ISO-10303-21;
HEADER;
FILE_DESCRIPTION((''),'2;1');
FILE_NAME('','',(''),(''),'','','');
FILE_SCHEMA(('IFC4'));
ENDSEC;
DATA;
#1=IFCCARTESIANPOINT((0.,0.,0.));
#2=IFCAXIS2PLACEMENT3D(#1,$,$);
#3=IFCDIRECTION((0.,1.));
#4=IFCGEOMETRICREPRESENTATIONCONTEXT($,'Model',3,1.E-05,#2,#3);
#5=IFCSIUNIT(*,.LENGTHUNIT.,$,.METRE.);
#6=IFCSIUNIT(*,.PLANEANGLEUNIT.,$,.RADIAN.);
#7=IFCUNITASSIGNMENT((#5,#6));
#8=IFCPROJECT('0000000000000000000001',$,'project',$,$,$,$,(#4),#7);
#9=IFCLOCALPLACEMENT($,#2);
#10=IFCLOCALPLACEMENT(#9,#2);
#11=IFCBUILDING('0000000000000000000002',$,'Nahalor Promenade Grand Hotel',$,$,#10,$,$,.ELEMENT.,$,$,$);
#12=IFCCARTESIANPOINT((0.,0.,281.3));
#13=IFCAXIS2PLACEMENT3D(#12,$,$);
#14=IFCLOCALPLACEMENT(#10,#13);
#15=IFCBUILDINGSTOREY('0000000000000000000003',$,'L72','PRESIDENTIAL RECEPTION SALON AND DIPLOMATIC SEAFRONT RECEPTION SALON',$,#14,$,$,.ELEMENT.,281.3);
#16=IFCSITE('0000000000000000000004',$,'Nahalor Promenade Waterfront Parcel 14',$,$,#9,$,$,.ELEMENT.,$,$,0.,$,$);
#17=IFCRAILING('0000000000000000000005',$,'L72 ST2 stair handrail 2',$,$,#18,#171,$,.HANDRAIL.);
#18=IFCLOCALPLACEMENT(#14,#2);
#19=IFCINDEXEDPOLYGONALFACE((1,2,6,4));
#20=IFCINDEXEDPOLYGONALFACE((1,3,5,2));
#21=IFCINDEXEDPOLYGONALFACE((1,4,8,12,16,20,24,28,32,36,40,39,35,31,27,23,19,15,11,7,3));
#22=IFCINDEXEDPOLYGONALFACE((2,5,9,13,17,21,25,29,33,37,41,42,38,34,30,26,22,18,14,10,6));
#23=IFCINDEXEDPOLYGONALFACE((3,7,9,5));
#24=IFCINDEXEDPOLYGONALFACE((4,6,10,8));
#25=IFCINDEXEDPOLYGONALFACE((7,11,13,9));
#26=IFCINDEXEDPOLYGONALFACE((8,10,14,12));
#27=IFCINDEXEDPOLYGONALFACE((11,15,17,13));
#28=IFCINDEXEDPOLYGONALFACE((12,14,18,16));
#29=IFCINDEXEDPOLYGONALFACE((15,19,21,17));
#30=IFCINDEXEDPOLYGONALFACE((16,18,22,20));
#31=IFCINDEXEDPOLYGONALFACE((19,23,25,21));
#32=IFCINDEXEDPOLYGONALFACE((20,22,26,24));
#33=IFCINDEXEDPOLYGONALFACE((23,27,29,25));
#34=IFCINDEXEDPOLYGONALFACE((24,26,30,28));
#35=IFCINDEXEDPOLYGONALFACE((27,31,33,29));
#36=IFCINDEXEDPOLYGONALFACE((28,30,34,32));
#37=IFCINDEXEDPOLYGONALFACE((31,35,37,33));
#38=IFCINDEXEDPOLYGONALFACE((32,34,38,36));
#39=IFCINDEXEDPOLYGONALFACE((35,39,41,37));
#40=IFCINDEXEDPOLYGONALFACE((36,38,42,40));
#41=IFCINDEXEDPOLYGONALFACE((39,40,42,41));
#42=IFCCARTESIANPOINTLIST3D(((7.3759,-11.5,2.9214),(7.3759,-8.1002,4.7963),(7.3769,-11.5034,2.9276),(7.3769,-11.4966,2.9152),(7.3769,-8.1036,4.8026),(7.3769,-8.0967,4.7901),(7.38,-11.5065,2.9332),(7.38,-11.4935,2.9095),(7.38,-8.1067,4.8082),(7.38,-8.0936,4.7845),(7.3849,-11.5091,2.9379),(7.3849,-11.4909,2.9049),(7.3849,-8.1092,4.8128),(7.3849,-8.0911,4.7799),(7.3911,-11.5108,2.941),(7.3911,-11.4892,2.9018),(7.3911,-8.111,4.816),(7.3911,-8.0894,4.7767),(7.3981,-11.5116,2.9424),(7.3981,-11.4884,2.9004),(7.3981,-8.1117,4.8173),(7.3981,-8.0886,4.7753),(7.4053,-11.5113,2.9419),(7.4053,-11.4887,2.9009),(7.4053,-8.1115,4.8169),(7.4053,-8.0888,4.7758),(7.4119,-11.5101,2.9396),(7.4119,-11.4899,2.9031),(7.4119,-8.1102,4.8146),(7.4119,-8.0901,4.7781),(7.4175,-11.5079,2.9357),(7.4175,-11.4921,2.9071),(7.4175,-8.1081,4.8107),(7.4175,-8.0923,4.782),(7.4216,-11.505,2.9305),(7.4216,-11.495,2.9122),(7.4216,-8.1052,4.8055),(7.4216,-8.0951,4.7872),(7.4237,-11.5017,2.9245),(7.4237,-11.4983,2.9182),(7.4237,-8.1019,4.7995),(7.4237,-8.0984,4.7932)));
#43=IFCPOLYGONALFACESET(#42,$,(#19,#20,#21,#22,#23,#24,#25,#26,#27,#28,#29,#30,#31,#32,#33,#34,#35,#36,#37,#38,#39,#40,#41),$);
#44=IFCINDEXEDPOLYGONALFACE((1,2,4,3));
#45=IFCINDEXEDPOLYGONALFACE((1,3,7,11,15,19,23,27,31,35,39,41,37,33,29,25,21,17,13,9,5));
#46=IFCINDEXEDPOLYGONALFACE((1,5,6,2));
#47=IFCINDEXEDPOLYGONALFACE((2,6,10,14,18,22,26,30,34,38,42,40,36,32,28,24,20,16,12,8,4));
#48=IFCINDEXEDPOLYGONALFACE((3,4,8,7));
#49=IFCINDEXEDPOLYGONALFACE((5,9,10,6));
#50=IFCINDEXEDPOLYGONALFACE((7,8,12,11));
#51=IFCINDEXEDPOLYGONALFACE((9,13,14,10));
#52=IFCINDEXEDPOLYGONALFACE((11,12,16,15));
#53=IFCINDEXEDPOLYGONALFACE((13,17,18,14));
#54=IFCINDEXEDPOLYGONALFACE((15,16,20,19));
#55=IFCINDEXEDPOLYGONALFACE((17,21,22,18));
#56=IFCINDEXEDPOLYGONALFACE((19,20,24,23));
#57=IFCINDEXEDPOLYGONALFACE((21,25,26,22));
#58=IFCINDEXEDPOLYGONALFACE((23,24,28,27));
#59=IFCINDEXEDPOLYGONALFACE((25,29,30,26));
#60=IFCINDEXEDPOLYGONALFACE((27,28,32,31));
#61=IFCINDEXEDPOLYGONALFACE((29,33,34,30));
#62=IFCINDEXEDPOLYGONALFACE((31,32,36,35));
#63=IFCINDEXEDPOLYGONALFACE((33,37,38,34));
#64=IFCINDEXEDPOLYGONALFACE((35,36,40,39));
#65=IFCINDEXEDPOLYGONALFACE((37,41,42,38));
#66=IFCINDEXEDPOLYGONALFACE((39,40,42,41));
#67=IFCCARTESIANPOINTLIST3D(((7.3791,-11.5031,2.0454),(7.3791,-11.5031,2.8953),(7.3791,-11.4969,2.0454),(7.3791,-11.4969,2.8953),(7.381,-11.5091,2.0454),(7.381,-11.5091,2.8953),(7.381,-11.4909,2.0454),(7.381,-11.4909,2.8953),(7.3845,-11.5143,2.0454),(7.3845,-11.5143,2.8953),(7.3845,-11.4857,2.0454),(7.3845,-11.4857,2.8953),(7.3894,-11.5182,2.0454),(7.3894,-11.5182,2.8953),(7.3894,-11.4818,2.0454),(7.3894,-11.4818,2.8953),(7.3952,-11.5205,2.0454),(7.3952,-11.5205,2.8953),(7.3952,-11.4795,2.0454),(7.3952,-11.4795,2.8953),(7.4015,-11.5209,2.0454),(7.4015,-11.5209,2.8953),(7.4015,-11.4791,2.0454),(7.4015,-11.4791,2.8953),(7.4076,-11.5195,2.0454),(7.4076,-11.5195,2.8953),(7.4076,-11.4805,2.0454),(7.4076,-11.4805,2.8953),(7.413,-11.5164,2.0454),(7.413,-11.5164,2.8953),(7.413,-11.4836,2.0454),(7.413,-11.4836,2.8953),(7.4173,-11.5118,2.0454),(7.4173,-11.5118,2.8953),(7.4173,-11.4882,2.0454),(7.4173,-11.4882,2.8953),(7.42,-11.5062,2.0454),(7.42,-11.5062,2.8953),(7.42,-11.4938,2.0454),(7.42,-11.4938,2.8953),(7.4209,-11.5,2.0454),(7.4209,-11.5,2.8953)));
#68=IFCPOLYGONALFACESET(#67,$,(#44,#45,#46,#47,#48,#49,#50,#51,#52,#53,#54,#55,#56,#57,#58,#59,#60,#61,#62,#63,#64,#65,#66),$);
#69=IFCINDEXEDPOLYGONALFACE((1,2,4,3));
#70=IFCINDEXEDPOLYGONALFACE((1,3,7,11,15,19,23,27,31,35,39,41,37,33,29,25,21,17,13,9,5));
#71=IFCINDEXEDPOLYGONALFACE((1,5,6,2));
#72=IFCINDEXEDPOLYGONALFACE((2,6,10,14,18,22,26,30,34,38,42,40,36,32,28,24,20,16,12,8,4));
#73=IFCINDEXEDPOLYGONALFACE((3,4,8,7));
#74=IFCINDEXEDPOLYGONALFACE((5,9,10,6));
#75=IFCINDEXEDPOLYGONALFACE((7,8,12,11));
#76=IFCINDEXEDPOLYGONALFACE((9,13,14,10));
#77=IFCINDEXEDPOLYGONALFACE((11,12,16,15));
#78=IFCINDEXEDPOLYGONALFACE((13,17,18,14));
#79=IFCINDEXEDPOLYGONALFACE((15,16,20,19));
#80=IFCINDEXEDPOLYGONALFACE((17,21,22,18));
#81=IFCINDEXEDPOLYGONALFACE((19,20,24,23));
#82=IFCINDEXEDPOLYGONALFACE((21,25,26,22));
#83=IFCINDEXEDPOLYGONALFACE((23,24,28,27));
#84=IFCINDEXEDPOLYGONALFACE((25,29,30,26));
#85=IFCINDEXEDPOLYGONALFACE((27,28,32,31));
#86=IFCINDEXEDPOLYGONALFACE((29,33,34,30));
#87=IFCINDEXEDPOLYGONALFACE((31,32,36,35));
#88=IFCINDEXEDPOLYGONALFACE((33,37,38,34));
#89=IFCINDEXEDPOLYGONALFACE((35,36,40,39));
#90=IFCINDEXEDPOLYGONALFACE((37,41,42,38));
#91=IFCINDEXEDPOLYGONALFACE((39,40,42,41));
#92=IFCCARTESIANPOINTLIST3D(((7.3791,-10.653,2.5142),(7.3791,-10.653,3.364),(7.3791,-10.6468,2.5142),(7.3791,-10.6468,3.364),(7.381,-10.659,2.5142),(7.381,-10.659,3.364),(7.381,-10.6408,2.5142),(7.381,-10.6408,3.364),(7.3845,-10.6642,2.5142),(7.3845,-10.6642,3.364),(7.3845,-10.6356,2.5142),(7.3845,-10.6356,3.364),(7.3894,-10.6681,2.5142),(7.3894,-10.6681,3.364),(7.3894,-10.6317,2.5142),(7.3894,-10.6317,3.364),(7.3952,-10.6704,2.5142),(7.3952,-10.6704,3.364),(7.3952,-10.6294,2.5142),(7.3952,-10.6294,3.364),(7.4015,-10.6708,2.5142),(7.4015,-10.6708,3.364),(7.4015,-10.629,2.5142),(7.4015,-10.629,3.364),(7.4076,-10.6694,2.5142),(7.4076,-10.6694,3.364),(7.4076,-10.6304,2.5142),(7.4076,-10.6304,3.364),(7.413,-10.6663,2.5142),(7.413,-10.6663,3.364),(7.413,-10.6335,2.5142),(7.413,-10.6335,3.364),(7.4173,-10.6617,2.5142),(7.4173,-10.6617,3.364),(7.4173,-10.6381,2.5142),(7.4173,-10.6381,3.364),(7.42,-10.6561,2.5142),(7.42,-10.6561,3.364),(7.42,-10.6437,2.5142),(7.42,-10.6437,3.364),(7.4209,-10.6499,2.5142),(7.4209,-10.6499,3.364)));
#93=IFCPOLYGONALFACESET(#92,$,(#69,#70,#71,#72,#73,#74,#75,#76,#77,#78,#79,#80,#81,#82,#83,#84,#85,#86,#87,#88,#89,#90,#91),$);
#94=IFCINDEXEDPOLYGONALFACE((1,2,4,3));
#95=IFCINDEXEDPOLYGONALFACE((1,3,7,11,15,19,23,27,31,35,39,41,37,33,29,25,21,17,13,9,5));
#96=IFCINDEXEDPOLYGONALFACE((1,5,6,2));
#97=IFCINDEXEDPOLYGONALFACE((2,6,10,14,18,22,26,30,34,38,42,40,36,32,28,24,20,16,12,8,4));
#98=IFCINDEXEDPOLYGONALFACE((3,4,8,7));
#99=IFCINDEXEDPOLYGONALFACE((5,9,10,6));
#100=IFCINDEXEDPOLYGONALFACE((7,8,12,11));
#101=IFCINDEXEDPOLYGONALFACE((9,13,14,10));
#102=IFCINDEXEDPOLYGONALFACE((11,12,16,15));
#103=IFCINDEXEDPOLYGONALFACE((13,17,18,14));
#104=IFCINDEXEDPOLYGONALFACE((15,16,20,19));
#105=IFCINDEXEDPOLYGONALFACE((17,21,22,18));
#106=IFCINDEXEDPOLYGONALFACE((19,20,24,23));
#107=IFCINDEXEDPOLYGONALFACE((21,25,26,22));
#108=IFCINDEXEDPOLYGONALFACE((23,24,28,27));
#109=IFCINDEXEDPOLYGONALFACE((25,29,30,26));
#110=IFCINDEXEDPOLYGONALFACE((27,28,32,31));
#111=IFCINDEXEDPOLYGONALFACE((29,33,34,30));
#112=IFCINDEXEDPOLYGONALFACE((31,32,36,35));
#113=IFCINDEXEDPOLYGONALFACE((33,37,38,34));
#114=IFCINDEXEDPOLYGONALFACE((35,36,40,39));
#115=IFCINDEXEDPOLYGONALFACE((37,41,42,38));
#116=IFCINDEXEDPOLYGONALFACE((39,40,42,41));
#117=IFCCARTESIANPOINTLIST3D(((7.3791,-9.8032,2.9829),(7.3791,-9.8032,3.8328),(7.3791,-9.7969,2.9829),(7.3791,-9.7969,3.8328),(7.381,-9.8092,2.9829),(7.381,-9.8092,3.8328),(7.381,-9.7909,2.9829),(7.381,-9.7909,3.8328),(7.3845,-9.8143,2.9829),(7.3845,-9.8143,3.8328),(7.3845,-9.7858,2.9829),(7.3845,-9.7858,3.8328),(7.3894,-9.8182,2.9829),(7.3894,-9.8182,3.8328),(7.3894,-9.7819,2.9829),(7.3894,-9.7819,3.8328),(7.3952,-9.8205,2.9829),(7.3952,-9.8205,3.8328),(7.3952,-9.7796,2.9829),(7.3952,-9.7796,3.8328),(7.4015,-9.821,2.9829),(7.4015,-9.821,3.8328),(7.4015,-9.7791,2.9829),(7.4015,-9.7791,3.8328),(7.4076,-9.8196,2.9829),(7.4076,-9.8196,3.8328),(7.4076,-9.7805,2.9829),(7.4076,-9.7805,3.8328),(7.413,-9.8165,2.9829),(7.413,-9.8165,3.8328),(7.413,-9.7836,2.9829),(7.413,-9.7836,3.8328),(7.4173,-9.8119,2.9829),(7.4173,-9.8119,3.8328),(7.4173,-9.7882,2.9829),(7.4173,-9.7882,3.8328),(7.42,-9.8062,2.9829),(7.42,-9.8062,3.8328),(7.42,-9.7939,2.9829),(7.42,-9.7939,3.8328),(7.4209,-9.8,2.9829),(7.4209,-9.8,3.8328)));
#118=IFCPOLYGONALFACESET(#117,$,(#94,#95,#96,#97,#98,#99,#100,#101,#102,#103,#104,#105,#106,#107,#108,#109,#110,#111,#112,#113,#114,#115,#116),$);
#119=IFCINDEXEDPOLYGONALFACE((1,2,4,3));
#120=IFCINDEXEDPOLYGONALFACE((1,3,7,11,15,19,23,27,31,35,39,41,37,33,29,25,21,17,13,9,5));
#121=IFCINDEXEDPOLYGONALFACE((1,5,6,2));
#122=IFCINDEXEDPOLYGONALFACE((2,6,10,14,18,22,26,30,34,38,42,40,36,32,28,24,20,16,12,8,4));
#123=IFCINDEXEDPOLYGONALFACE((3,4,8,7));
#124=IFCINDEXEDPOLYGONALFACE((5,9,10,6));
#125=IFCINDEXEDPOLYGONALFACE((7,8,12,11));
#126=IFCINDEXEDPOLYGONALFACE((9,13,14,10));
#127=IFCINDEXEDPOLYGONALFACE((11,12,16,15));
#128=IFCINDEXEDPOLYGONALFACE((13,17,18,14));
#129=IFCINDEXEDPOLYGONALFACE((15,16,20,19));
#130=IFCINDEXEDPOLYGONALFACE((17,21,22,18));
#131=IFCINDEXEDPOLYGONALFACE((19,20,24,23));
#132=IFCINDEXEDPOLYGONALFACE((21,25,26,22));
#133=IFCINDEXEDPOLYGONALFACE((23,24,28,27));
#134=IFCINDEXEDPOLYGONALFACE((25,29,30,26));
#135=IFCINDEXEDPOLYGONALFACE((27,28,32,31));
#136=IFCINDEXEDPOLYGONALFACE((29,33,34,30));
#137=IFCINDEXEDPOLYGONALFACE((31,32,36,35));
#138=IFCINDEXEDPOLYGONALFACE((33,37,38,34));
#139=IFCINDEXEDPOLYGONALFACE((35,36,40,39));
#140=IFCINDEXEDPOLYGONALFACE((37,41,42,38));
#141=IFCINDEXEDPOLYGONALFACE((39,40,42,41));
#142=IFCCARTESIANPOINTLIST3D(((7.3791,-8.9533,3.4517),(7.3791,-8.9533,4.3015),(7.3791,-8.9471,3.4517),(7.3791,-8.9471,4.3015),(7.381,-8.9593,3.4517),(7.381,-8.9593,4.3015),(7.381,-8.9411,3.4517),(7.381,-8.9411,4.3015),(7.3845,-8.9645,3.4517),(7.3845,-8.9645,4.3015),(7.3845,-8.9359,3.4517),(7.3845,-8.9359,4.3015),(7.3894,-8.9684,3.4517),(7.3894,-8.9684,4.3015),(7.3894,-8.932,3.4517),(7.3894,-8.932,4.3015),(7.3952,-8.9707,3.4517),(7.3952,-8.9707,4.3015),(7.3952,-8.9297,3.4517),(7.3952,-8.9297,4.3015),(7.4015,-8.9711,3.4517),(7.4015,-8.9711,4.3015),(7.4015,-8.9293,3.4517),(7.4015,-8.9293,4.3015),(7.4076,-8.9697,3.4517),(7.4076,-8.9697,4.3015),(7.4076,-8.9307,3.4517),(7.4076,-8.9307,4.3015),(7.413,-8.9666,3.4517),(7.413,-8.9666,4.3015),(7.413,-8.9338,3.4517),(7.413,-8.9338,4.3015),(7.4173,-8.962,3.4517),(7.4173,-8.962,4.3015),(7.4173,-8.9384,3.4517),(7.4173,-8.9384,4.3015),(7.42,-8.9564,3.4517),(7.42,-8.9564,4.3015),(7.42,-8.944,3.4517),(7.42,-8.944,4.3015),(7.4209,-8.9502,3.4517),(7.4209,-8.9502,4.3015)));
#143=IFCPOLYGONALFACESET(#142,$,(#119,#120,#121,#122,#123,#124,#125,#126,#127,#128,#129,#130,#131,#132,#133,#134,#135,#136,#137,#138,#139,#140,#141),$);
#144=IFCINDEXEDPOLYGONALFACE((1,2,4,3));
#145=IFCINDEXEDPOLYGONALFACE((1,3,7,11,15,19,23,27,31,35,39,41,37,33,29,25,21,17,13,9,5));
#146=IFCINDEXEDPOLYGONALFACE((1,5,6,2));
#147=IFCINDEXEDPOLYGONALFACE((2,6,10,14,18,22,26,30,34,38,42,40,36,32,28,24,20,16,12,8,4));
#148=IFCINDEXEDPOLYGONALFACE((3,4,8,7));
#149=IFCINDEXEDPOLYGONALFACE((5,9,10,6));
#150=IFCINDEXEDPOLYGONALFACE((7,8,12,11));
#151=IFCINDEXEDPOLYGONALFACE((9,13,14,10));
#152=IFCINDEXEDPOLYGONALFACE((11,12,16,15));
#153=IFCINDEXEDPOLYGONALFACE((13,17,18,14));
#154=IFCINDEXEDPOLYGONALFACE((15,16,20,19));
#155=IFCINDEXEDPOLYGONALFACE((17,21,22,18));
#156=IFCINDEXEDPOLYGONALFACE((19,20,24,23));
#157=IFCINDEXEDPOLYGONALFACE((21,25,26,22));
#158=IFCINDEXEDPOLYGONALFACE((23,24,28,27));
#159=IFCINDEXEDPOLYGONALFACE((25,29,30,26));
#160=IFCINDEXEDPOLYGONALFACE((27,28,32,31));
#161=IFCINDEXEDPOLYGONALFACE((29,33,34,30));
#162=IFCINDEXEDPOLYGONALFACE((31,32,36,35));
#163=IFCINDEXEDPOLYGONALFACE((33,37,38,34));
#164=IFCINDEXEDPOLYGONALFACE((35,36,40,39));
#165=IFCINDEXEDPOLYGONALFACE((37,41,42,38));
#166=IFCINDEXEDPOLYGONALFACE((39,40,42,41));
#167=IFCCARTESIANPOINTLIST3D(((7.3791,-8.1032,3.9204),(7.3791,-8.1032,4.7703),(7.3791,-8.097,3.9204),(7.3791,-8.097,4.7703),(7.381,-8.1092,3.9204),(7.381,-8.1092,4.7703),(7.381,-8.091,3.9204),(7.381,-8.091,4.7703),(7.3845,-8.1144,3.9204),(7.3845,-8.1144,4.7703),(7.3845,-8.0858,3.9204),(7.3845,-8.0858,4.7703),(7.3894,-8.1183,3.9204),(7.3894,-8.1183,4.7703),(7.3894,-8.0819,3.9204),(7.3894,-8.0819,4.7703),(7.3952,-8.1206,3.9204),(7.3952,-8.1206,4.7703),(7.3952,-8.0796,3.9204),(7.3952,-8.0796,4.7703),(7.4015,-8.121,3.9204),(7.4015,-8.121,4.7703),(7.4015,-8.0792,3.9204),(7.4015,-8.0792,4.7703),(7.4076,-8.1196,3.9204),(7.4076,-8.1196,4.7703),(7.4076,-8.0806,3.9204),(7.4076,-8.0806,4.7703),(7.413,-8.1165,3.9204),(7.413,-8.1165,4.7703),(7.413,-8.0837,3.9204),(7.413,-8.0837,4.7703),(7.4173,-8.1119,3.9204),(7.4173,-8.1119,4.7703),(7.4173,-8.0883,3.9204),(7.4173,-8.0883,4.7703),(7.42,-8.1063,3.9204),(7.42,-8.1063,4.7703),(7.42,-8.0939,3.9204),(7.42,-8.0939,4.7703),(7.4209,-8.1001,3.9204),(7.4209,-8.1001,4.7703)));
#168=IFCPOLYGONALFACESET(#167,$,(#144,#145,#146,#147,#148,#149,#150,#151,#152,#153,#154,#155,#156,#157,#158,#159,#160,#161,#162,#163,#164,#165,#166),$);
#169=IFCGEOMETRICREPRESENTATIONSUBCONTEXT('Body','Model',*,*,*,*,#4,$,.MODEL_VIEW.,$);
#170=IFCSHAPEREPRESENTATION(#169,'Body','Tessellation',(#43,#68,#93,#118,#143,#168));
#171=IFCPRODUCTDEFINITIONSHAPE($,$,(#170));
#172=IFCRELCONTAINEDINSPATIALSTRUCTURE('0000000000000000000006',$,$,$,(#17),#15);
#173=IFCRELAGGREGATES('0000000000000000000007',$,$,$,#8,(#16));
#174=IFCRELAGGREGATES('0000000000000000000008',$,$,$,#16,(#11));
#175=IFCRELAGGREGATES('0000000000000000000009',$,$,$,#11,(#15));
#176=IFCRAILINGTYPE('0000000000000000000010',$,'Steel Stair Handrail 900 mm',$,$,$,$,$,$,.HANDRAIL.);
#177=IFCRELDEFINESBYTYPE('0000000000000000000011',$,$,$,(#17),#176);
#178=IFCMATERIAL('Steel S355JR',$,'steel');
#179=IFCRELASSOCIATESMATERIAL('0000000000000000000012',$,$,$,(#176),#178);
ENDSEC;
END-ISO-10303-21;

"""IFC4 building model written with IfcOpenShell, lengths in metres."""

from ifc_helpers import new_model, si_unit, direction, frame, origin, origin_2d, place, context, subcontext, project, spatial, circle, extrude, material, type_object, element, save


model = new_model("IFC4")

# Units and contexts
model_context = context("Model", 3, precision=1e-05, world=origin(), true_north=direction((0.0, 1.0)))
body_context = subcontext(model_context, "Body", "Model", "MODEL_VIEW")
ifc_project = project(units=[si_unit("LENGTHUNIT", "METRE"), si_unit("PLANEANGLEUNIT", "RADIAN")], contexts=[model_context])

# Site, building, storey
site_placement = place(None, origin())
site = spatial("IfcSite", under=ifc_project, at=site_placement, Name="Nahalor Promenade Waterfront Parcel 14", CompositionType="ELEMENT", RefElevation=0.0)
building_placement = place(site_placement, origin())
building = spatial("IfcBuilding", under=site, at=building_placement, Name="Nahalor Promenade Grand Hotel", CompositionType="ELEMENT")
storey_placement = place(building_placement, frame((0.0, 0.0, 281.3)))
storey = spatial("IfcBuildingStorey", under=building, at=storey_placement, Name="L72", Description="PRESIDENTIAL RECEPTION SALON AND DIPLOMATIC SEAFRONT RECEPTION SALON", CompositionType="ELEMENT", Elevation=281.3)

# Shared definitions
ifc_material_1 = material(Name="Steel S355JR", Category="steel")

# Railing
railing_type_1 = type_object("IfcRailingType", Name="Steel Stair Handrail 900 mm", PredefinedType="HANDRAIL", material=ifc_material_1)
railing_1_placement = place(storey_placement, frame((7.3999, -11.5, 2.0454)))
element("IfcRailing", 1, at=railing_1_placement, inside=storey, type_object=railing_type_1, Name="L72 ST2 stair handrail 2", PredefinedType="HANDRAIL", context=body_context, shape_type="SweptSolid", body=[
    extrude(circle(Radius=0.024, at=origin_2d()), frame((0.0, 0.0, 0.876), z_axis=(0.0, 0.875666, 0.482918), x_axis=(-1.0, 0.0, 0.0)), (0.0, 0.0, 1.0), 3.8826),
    extrude(circle(Radius=0.021, at=origin_2d()), origin(), (0.0, 0.0, 1.0), 0.8499),
    extrude(circle(Radius=0.021, at=origin_2d()), frame((0.0, 0.8501, 0.4688)), (0.0, 0.0, 1.0), 0.8499),
    extrude(circle(Radius=0.021, at=origin_2d()), frame((0.0, 1.7, 0.9375)), (0.0, 0.0, 1.0), 0.8499),
    extrude(circle(Radius=0.021, at=origin_2d()), frame((0.0, 2.5498, 1.4062)), (0.0, 0.0, 1.0), 0.8499),
    extrude(circle(Radius=0.021, at=origin_2d()), frame((0.0, 3.3999, 1.875)), (0.0, 0.0, 1.0), 0.8499),
])

save(model, "model.ifc")
